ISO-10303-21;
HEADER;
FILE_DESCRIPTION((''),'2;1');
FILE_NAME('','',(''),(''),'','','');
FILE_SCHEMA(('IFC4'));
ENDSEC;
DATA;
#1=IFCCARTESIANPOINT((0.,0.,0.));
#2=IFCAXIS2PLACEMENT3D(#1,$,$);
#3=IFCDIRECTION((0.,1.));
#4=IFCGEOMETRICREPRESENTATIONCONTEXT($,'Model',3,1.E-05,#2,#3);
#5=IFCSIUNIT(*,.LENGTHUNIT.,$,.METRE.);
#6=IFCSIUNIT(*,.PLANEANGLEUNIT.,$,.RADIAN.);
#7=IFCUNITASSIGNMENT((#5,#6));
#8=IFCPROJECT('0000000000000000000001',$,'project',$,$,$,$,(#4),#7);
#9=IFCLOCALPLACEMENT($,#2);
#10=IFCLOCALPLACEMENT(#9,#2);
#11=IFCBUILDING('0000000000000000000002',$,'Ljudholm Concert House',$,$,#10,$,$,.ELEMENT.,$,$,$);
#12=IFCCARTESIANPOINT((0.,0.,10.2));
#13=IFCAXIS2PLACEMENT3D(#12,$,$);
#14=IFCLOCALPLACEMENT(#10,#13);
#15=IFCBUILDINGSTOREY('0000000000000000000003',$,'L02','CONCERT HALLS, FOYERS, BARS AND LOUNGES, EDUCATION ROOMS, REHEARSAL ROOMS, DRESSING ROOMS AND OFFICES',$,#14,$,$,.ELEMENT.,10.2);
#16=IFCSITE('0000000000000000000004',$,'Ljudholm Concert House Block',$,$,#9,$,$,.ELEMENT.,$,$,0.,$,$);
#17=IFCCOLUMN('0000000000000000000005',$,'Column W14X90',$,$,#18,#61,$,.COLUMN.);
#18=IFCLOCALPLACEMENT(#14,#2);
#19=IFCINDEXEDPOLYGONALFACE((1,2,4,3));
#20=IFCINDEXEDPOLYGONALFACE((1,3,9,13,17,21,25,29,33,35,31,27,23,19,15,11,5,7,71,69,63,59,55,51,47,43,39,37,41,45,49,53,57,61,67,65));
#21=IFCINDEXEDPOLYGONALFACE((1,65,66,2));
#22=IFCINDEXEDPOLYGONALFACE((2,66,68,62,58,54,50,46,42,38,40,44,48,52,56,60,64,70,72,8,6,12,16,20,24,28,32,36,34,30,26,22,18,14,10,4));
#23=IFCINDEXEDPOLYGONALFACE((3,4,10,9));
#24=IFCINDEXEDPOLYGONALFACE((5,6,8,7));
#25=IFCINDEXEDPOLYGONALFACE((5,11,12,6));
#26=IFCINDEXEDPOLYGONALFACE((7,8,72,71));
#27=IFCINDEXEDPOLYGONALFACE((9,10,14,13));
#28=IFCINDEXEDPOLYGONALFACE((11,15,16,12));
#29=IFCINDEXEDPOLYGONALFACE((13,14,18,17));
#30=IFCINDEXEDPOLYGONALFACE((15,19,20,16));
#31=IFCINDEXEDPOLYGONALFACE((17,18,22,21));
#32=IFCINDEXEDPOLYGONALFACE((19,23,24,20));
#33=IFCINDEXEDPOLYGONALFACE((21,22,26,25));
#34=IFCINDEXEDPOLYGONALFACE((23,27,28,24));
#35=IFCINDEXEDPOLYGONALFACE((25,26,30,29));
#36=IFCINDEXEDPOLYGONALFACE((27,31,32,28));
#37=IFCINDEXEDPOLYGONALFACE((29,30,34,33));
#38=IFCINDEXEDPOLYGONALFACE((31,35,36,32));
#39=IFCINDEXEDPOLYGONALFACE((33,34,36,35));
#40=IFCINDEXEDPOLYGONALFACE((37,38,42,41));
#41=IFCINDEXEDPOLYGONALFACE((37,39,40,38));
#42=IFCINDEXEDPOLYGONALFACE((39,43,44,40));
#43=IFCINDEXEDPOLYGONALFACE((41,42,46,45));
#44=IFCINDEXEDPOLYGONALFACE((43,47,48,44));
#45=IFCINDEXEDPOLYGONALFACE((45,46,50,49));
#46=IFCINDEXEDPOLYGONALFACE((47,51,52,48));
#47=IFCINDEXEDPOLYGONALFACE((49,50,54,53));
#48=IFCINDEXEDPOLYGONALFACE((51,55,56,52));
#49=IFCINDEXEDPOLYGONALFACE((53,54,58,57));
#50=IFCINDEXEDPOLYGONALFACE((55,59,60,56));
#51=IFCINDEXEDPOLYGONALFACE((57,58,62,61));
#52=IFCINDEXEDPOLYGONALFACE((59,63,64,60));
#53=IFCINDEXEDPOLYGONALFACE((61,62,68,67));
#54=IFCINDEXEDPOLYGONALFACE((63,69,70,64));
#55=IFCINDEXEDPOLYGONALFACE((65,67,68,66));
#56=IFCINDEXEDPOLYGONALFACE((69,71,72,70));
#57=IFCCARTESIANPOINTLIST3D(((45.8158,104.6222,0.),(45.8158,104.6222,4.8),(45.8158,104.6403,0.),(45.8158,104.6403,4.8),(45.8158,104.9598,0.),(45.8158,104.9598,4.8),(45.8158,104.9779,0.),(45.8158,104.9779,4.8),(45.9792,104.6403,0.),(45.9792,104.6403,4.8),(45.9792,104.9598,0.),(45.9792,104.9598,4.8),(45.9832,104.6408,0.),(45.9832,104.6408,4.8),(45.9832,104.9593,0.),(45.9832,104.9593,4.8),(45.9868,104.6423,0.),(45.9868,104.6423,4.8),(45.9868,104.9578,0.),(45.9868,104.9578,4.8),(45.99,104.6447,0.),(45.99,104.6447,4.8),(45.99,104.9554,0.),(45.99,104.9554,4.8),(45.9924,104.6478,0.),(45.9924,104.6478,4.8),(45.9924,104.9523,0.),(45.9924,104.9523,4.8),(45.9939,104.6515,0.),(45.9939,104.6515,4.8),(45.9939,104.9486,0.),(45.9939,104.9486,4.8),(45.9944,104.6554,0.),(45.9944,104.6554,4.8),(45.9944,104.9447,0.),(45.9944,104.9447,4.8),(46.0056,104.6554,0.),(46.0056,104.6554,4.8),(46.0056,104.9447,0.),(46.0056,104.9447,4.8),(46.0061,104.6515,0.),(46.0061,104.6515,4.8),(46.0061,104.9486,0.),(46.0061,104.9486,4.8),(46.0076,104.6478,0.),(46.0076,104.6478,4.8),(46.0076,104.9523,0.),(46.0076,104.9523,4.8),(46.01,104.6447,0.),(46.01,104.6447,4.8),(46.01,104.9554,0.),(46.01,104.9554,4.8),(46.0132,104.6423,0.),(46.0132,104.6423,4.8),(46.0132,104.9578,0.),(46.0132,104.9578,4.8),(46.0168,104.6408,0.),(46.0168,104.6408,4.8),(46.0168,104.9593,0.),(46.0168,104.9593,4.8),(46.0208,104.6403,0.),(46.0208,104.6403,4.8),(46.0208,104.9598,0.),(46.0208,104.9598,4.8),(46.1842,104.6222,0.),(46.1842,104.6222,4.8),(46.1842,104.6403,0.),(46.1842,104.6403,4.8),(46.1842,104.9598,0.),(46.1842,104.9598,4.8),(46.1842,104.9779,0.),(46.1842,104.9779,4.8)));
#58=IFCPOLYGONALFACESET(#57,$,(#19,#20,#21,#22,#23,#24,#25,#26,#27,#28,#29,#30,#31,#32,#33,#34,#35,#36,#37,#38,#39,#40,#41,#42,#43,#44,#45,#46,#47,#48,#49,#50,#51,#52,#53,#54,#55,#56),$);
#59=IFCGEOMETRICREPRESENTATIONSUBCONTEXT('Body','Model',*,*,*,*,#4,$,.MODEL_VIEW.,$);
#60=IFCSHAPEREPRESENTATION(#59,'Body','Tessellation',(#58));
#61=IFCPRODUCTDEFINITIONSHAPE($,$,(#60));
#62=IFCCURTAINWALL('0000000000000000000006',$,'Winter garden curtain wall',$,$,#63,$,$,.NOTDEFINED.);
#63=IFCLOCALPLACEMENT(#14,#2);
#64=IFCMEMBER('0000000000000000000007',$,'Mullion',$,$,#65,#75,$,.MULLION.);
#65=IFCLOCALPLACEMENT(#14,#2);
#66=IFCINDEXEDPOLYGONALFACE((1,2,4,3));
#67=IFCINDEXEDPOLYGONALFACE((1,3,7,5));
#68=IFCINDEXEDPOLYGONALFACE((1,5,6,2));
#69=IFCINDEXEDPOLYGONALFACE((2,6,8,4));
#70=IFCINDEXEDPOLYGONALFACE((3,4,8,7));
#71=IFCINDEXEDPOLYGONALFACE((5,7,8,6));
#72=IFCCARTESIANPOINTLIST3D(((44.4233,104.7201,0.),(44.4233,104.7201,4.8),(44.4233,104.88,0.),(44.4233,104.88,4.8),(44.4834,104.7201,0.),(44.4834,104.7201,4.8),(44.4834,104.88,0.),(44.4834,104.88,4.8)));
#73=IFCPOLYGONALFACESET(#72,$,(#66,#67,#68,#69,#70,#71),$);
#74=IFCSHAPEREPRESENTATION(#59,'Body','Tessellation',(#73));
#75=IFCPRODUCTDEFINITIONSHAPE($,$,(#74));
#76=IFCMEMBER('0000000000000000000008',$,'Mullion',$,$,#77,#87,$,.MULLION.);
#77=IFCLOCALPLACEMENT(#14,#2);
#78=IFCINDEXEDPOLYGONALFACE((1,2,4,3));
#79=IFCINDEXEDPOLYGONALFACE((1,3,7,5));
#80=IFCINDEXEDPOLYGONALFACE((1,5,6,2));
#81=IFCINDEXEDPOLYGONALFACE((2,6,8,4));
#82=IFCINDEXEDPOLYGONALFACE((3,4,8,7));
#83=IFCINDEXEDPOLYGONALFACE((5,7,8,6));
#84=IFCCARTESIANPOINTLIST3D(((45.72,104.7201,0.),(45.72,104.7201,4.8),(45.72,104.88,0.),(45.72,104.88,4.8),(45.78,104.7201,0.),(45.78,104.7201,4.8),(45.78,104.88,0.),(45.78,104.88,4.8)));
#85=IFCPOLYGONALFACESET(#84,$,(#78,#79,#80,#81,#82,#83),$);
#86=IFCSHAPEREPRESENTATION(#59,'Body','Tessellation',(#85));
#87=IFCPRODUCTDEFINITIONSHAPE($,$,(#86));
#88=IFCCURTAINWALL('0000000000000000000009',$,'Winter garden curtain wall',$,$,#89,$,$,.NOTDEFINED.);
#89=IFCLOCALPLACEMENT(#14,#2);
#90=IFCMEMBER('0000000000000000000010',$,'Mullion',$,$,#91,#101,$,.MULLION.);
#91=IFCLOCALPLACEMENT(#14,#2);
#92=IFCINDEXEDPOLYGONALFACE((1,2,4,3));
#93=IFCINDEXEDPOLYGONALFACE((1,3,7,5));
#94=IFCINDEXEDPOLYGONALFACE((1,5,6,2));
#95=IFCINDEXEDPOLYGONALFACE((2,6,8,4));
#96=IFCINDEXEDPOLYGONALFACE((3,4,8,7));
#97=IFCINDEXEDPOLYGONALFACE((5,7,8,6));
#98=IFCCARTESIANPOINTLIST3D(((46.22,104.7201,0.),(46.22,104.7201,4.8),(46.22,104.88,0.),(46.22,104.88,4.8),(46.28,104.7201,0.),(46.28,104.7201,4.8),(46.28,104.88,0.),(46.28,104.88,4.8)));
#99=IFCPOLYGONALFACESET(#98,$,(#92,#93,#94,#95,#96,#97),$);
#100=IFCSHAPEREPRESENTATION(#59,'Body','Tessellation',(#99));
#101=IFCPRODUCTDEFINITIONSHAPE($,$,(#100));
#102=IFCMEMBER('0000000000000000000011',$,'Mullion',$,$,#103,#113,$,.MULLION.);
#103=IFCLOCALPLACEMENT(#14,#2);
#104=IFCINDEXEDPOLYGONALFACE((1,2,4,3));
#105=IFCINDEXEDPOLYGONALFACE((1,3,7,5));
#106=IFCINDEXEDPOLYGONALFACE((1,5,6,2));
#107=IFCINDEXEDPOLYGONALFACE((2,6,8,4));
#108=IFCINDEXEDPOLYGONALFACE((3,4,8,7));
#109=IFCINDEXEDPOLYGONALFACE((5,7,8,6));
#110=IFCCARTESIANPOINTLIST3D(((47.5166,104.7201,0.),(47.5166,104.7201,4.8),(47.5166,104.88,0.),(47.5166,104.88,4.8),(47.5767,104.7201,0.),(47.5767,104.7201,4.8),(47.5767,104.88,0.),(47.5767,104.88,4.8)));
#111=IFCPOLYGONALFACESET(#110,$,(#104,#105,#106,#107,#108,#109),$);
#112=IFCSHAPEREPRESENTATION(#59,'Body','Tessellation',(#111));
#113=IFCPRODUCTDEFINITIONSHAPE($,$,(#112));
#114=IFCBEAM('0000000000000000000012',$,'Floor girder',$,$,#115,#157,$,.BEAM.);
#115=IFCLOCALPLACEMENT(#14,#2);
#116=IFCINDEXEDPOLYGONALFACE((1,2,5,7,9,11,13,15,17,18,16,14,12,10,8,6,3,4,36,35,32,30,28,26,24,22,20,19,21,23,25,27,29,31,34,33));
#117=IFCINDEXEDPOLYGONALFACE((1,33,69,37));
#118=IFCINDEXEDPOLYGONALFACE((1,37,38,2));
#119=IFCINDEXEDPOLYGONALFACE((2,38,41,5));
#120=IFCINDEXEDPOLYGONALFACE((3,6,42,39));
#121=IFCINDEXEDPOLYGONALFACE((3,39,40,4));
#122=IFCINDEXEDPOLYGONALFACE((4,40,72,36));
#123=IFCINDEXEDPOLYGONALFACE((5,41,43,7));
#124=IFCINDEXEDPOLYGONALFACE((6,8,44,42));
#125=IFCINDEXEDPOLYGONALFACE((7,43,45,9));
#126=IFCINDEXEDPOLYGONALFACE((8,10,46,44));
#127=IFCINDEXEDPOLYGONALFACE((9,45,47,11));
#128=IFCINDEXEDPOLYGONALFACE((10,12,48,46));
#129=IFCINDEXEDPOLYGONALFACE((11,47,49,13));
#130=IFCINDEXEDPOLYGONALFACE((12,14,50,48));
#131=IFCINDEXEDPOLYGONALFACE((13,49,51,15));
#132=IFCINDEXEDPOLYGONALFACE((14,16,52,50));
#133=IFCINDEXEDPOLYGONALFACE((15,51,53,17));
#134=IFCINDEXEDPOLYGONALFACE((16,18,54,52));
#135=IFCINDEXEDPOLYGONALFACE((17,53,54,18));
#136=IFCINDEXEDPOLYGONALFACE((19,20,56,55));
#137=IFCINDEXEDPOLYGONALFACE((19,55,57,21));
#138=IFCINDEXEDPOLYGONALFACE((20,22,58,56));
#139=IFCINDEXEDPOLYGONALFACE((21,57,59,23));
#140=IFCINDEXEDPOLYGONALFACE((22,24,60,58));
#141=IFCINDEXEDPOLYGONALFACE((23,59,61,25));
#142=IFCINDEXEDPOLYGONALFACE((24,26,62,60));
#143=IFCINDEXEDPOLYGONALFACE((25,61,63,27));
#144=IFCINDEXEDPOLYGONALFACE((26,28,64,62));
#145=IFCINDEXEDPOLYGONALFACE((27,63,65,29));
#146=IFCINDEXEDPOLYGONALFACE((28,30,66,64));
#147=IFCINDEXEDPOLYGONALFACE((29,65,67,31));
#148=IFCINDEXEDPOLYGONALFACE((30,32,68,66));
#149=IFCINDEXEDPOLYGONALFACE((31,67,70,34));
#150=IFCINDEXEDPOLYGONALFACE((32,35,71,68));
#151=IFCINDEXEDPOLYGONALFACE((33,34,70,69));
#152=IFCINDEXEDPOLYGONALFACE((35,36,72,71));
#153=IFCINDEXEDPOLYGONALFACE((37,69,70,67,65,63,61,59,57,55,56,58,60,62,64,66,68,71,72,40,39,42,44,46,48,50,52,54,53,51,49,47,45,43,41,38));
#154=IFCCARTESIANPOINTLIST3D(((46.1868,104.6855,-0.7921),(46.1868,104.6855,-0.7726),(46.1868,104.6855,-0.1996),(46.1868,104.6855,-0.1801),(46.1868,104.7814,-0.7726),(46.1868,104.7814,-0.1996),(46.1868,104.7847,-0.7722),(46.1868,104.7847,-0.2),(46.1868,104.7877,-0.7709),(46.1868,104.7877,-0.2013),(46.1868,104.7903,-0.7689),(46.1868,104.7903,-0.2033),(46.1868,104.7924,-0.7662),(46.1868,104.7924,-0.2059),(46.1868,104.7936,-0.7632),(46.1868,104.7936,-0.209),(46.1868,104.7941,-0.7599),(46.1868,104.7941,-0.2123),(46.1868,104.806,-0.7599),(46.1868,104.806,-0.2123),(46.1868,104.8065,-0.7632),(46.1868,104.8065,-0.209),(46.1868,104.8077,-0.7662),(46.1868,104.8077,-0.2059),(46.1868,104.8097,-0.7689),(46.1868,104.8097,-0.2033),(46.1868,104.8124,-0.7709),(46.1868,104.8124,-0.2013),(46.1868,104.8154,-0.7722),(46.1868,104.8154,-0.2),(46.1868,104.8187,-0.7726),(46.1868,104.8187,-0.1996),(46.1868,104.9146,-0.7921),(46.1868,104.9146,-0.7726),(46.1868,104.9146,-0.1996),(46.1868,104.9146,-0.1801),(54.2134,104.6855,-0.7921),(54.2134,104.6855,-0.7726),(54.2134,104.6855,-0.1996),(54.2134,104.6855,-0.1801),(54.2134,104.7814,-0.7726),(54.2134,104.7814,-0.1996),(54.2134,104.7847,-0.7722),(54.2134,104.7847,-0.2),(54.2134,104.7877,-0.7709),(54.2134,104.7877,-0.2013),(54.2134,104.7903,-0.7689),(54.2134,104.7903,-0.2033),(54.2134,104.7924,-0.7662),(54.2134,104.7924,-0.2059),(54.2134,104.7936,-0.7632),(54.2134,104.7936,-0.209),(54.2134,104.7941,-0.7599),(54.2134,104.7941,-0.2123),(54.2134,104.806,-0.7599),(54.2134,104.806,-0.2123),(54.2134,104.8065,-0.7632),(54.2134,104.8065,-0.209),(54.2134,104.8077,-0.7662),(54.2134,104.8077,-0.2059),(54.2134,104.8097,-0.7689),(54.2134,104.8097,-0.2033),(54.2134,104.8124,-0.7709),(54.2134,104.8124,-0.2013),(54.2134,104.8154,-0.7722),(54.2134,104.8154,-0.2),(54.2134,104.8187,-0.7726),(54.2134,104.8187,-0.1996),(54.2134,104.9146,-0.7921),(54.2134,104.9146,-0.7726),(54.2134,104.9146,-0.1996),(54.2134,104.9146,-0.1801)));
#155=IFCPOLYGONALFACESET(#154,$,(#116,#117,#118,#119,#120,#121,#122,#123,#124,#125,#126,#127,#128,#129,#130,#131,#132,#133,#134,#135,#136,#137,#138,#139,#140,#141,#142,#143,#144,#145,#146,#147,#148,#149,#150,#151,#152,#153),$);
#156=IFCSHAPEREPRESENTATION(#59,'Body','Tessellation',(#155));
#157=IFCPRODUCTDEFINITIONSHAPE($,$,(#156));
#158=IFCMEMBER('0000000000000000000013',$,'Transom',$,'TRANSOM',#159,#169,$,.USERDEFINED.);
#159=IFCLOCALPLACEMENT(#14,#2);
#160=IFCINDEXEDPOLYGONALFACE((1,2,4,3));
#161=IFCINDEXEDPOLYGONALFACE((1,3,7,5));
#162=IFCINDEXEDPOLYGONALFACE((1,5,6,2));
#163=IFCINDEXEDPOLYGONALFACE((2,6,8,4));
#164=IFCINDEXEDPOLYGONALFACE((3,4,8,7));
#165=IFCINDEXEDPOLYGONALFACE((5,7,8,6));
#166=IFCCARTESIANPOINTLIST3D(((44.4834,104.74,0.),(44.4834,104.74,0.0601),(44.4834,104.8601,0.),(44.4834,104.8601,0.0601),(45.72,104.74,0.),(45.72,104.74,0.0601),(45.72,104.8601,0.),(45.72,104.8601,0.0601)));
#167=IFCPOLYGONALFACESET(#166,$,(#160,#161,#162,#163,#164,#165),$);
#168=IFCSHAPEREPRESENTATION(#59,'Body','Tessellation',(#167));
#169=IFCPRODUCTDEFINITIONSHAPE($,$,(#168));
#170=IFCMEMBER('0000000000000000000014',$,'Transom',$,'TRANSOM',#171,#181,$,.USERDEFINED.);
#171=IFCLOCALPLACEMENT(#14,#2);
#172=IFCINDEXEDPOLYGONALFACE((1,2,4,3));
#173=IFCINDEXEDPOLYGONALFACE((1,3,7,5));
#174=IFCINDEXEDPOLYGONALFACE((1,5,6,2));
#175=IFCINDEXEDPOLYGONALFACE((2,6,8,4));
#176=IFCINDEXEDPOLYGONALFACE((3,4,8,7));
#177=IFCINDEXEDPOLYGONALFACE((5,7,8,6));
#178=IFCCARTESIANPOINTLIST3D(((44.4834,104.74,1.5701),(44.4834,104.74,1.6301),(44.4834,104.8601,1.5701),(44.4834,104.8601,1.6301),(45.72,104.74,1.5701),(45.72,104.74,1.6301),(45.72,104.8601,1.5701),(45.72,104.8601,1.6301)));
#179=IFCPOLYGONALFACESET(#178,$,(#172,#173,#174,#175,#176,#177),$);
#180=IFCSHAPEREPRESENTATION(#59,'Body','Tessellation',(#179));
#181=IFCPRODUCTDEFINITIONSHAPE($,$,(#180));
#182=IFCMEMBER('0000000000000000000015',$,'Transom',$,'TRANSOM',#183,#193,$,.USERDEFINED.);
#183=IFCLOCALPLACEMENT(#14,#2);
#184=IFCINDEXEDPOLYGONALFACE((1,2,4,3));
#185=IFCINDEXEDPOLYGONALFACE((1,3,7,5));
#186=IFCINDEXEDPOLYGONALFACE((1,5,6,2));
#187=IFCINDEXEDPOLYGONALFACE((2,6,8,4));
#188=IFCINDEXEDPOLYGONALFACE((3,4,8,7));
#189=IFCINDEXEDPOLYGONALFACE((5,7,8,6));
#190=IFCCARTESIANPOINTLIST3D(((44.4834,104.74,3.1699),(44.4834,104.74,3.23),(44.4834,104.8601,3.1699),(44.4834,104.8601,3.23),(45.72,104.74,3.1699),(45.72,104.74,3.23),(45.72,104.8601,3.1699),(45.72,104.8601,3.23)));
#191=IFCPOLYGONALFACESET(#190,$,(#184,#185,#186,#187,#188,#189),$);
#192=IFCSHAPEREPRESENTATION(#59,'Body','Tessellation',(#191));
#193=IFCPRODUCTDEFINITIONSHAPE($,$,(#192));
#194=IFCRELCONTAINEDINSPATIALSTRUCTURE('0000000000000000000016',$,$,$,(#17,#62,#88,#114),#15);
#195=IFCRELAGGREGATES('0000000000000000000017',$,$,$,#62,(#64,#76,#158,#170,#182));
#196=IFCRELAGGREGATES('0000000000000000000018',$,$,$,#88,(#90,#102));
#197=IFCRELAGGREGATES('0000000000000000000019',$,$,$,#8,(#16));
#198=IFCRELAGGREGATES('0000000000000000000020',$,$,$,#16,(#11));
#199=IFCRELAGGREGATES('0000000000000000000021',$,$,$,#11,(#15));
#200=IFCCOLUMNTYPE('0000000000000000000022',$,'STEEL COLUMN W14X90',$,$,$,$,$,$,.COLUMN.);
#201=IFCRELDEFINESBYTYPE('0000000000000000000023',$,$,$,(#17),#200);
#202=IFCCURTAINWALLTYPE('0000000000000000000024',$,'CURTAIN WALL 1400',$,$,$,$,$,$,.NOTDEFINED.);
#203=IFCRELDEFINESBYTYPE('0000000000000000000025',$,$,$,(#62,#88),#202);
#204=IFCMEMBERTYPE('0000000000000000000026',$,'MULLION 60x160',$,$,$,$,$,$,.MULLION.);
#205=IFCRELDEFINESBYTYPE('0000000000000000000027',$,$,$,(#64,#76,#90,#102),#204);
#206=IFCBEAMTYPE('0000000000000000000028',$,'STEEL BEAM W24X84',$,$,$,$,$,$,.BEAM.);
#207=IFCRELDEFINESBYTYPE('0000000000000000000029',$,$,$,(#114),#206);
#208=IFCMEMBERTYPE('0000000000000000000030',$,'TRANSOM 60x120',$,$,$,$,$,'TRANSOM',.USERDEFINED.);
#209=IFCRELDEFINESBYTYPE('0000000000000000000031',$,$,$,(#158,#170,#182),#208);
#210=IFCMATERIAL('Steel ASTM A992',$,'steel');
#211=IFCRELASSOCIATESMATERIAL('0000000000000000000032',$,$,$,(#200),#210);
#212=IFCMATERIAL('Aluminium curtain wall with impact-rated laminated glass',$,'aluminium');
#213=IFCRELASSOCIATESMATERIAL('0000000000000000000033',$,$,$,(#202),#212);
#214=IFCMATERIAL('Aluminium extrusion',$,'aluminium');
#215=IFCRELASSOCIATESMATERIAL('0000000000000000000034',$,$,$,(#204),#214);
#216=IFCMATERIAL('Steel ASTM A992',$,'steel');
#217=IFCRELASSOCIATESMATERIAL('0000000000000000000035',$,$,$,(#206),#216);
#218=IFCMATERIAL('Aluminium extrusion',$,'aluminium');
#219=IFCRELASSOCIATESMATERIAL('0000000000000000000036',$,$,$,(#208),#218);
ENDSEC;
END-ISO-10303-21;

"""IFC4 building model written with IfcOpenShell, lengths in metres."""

from ifc_helpers import new_model, si_unit, direction, frame, origin, origin_2d, place, context, subcontext, project, spatial, rectangle, i_section, extrude, material, material_profile, profile_set, type_object, element, aggregate, save


model = new_model("IFC4")

# Units and contexts
model_context = context("Model", 3, precision=1e-05, world=origin(), true_north=direction((0.0, 1.0)))
body_context = subcontext(model_context, "Body", "Model", "MODEL_VIEW")
ifc_project = project(units=[si_unit("LENGTHUNIT", "METRE"), si_unit("PLANEANGLEUNIT", "RADIAN")], contexts=[model_context])

# Site, building, storey
site_placement = place(None, origin())
site = spatial("IfcSite", under=ifc_project, at=site_placement, Name="Ljudholm Concert House Block", CompositionType="ELEMENT", RefElevation=0.0)
building_placement = place(site_placement, origin())
building = spatial("IfcBuilding", under=site, at=building_placement, Name="Ljudholm Concert House", CompositionType="ELEMENT")
storey_placement = place(building_placement, frame((0.0, 0.0, 10.2)))
storey = spatial("IfcBuildingStorey", under=building, at=storey_placement, Name="L02", Description="CONCERT HALLS, FOYERS, BARS AND LOUNGES, EDUCATION ROOMS, REHEARSAL ROOMS, DRESSING ROOMS AND OFFICES", CompositionType="ELEMENT", Elevation=10.2)

# Column
ifc_material_1 = material(Name="Steel ASTM A992", Category="steel")
ifc_material_profile_1 = material_profile(ifc_material_1, i_section(OverallWidth=0.3684, OverallDepth=0.3557, WebThickness=0.0112, FlangeThickness=0.0181, FilletRadius=0.0151, at=origin_2d()), Name="W14X90")
ifc_profile_set_1 = profile_set([ifc_material_profile_1], Name="Steel ASTM A992")
column_type = type_object("IfcColumnType", Name="STEEL COLUMN W14X90", PredefinedType="COLUMN", material=ifc_profile_set_1)
column_placement = place(storey_placement, frame((46.0, 104.8, 0.0), z_axis=(0.0, 0.0, 1.0), x_axis=(1.0, 0.0, 0.0)))
element("IfcColumn", 1, at=column_placement, inside=storey, type_object=column_type, Name="Column W14X90", PredefinedType="COLUMN", context=body_context, shape_type="SweptSolid", body=[
    extrude(i_section(OverallWidth=0.3684, OverallDepth=0.3557, WebThickness=0.0112, FlangeThickness=0.0181, FilletRadius=0.0151, at=origin_2d()), origin(), (0.0, 0.0, 1.0), 4.8),
])

# Curtain walls, members
ifc_material_2 = material(Name="Aluminium curtain wall with impact-rated laminated glass", Category="aluminium")
curtain_wall_type = type_object("IfcCurtainWallType", Name="CURTAIN WALL 1400", PredefinedType="NOTDEFINED", material=ifc_material_2)
curtain_wall_1_placement = place(storey_placement, origin())
curtain_wall_1 = element("IfcCurtainWall", 2, at=curtain_wall_1_placement, inside=storey, type_object=curtain_wall_type, Name="Winter garden curtain wall", PredefinedType="NOTDEFINED")
ifc_material_3 = material(Name="Aluminium extrusion", Category="aluminium")
ifc_material_profile_2 = material_profile(ifc_material_3, rectangle(XDim=0.1599, YDim=0.0601, at=origin_2d()), Name="MULLION 60x160")
ifc_profile_set_2 = profile_set([ifc_material_profile_2], Name="Aluminium extrusion")
member_type_1 = type_object("IfcMemberType", Name="MULLION 60x160", PredefinedType="MULLION", material=ifc_profile_set_2)
member_1_placement = place(storey_placement, frame((44.4534, 104.8, 0.0), z_axis=(0.0, 0.0, 1.0), x_axis=(0.0, 1.0, 0.0)))
member_1 = element("IfcMember", 3, at=member_1_placement, type_object=member_type_1, Name="Mullion", PredefinedType="MULLION", context=body_context, shape_type="SweptSolid", body=[
    extrude(rectangle(XDim=0.1599, YDim=0.0601, at=origin_2d()), origin(), (0.0, 0.0, 1.0), 4.8),
])
member_2_placement = place(storey_placement, frame((45.75, 104.8, 0.0), z_axis=(0.0, 0.0, 1.0), x_axis=(0.0, 1.0, 0.0)))
member_2 = element("IfcMember", 4, at=member_2_placement, type_object=member_type_1, Name="Mullion", PredefinedType="MULLION", context=body_context, shape_type="SweptSolid", body=[
    extrude(rectangle(XDim=0.1599, YDim=0.0601, at=origin_2d()), origin(), (0.0, 0.0, 1.0), 4.8),
])
curtain_wall_2_placement = place(storey_placement, origin())
curtain_wall_2 = element("IfcCurtainWall", 5, at=curtain_wall_2_placement, inside=storey, type_object=curtain_wall_type, Name="Winter garden curtain wall", PredefinedType="NOTDEFINED")
member_3_placement = place(storey_placement, frame((46.25, 104.8, 0.0), z_axis=(0.0, 0.0, 1.0), x_axis=(0.0, 1.0, 0.0)))
member_3 = element("IfcMember", 6, at=member_3_placement, type_object=member_type_1, Name="Mullion", PredefinedType="MULLION", context=body_context, shape_type="SweptSolid", body=[
    extrude(rectangle(XDim=0.1599, YDim=0.0601, at=origin_2d()), origin(), (0.0, 0.0, 1.0), 4.8),
])
member_4_placement = place(storey_placement, frame((47.5466, 104.8, 0.0), z_axis=(0.0, 0.0, 1.0), x_axis=(0.0, 1.0, 0.0)))
member_4 = element("IfcMember", 7, at=member_4_placement, type_object=member_type_1, Name="Mullion", PredefinedType="MULLION", context=body_context, shape_type="SweptSolid", body=[
    extrude(rectangle(XDim=0.1599, YDim=0.0601, at=origin_2d()), origin(), (0.0, 0.0, 1.0), 4.8),
])

# Beam
ifc_material_4 = material(Name="Steel ASTM A992", Category="steel")
ifc_material_profile_3 = material_profile(ifc_material_4, i_section(OverallWidth=0.229, OverallDepth=0.6121, WebThickness=0.012, FlangeThickness=0.0195, FilletRadius=0.0127, at=origin_2d()), Name="W24X84")
ifc_profile_set_3 = profile_set([ifc_material_profile_3], Name="Steel ASTM A992")
beam_type = type_object("IfcBeamType", Name="STEEL BEAM W24X84", PredefinedType="BEAM", material=ifc_profile_set_3)
beam_placement = place(storey_placement, frame((46.1868, 104.8, -0.4861), z_axis=(1.0, 0.0, 0.0), x_axis=(0.0, 1.0, 0.0)))
element("IfcBeam", 8, at=beam_placement, inside=storey, type_object=beam_type, Name="Floor girder", PredefinedType="BEAM", context=body_context, shape_type="SweptSolid", body=[
    extrude(i_section(OverallWidth=0.229, OverallDepth=0.6121, WebThickness=0.012, FlangeThickness=0.0195, FilletRadius=0.0127, at=origin_2d()), origin(), (0.0, 0.0, 1.0), 8.0266),
])

# Members
ifc_material_5 = material(Name="Aluminium extrusion", Category="aluminium")
ifc_material_profile_4 = material_profile(ifc_material_5, rectangle(XDim=0.1201, YDim=0.0601, at=origin_2d()), Name="TRANSOM 60x120")
ifc_profile_set_4 = profile_set([ifc_material_profile_4], Name="Aluminium extrusion")
member_type_2 = type_object("IfcMemberType", Name="TRANSOM 60x120", ElementType="TRANSOM", PredefinedType="USERDEFINED", material=ifc_profile_set_4)
member_5_placement = place(storey_placement, frame((44.4834, 104.8, 0.03), z_axis=(1.0, 0.0, 0.0), x_axis=(0.0, 1.0, 0.0)))
member_5 = element("IfcMember", 9, at=member_5_placement, type_object=member_type_2, Name="Transom", ObjectType="TRANSOM", PredefinedType="USERDEFINED", context=body_context, shape_type="SweptSolid", body=[
    extrude(rectangle(XDim=0.1201, YDim=0.0601, at=origin_2d()), origin(), (0.0, 0.0, 1.0), 1.2366),
])
member_6_placement = place(storey_placement, frame((44.4834, 104.8, 1.6001), z_axis=(1.0, 0.0, 0.0), x_axis=(0.0, 1.0, 0.0)))
member_6 = element("IfcMember", 10, at=member_6_placement, type_object=member_type_2, Name="Transom", ObjectType="TRANSOM", PredefinedType="USERDEFINED", context=body_context, shape_type="SweptSolid", body=[
    extrude(rectangle(XDim=0.1201, YDim=0.0601, at=origin_2d()), origin(), (0.0, 0.0, 1.0), 1.2366),
])
member_7_placement = place(storey_placement, frame((44.4834, 104.8, 3.2), z_axis=(1.0, 0.0, 0.0), x_axis=(0.0, 1.0, 0.0)))
member_7 = element("IfcMember", 11, at=member_7_placement, type_object=member_type_2, Name="Transom", ObjectType="TRANSOM", PredefinedType="USERDEFINED", context=body_context, shape_type="SweptSolid", body=[
    extrude(rectangle(XDim=0.1201, YDim=0.0601, at=origin_2d()), origin(), (0.0, 0.0, 1.0), 1.2366),
])

aggregate(curtain_wall_1, [member_1, member_2, member_5, member_6, member_7])
aggregate(curtain_wall_2, [member_3, member_4])

save(model, "model.ifc")
